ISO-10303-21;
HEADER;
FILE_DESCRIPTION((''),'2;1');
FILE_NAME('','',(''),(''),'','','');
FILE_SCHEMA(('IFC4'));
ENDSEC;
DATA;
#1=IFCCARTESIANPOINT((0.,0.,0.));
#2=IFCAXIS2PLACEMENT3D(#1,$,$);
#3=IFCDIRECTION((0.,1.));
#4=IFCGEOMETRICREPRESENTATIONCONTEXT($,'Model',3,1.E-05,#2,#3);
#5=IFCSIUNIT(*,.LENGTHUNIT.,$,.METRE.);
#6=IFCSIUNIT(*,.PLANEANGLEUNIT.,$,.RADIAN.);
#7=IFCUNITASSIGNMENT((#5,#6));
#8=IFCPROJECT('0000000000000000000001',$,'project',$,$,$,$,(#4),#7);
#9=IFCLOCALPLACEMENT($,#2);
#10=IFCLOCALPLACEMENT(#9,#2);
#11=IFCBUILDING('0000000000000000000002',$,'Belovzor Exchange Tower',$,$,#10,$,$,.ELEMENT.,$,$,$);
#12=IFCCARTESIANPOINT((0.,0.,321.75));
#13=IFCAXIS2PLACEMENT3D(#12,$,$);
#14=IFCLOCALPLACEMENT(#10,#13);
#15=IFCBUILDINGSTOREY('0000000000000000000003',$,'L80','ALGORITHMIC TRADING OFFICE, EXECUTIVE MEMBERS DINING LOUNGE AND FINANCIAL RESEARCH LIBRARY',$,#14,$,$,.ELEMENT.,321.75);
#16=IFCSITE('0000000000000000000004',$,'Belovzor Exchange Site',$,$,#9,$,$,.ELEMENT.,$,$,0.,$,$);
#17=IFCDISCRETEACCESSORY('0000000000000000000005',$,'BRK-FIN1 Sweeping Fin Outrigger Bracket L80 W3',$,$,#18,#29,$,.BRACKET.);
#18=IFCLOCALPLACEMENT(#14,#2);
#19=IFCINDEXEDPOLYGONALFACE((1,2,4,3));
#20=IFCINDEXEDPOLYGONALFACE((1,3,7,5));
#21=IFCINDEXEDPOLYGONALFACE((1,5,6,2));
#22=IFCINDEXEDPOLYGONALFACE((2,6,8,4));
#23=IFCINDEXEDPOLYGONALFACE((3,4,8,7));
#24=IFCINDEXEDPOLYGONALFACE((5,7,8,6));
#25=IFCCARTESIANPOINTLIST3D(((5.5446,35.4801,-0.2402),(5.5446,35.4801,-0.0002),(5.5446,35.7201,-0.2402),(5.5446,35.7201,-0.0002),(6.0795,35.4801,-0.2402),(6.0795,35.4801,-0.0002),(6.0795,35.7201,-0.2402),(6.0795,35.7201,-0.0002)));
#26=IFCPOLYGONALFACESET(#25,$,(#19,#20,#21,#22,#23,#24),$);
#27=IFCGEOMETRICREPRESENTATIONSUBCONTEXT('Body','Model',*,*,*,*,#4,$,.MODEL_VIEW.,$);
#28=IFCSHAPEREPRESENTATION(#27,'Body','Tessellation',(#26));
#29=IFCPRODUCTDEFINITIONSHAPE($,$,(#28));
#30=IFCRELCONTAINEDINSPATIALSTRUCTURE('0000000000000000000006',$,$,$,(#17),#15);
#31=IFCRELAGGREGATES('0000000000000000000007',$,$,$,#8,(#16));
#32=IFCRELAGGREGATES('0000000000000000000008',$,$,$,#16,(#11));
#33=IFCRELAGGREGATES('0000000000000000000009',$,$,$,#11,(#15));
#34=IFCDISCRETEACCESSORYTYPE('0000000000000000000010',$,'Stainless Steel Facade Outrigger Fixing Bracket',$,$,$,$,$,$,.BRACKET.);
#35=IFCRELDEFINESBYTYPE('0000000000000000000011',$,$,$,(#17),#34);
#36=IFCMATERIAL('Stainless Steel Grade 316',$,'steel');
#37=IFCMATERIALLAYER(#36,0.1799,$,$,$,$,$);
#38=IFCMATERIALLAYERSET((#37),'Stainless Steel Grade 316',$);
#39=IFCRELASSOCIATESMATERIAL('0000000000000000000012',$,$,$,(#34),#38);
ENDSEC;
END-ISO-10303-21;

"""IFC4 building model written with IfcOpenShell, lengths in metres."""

from ifc_helpers import new_model, si_unit, direction, frame, origin, origin_2d, place, context, subcontext, project, spatial, rectangle, extrude, material, layer, layer_set, type_object, element, save


model = new_model("IFC4")

# Units and contexts
model_context = context("Model", 3, precision=1e-05, world=origin(), true_north=direction((0.0, 1.0)))
body_context = subcontext(model_context, "Body", "Model", "MODEL_VIEW")
ifc_project = project(units=[si_unit("LENGTHUNIT", "METRE"), si_unit("PLANEANGLEUNIT", "RADIAN")], contexts=[model_context])

# Site, building, storey
site_placement = place(None, origin())
site = spatial("IfcSite", under=ifc_project, at=site_placement, Name="Belovzor Exchange Site", CompositionType="ELEMENT", RefElevation=0.0)
building_placement = place(site_placement, origin())
building = spatial("IfcBuilding", under=site, at=building_placement, Name="Belovzor Exchange Tower", CompositionType="ELEMENT")
storey_placement = place(building_placement, frame((0.0, 0.0, 321.75)))
storey = spatial("IfcBuildingStorey", under=building, at=storey_placement, Name="L80", Description="ALGORITHMIC TRADING OFFICE, EXECUTIVE MEMBERS DINING LOUNGE AND FINANCIAL RESEARCH LIBRARY", CompositionType="ELEMENT", Elevation=321.75)

# Discrete accessory
ifc_material_1 = material(Name="Stainless Steel Grade 316", Category="steel")
ifc_layer_1 = layer(ifc_material_1, 0.1799)
ifc_layer_set_1 = layer_set([ifc_layer_1], Name="Stainless Steel Grade 316")
discrete_accessory_type = type_object("IfcDiscreteAccessoryType", Name="Stainless Steel Facade Outrigger Fixing Bracket", PredefinedType="BRACKET", material=ifc_layer_set_1)
discrete_accessory_placement = place(storey_placement, frame((5.812, 35.6001, -0.2402), z_axis=(0.0, 0.0, 1.0), x_axis=(1.0, 0.0, 0.0)))
element("IfcDiscreteAccessory", 1, at=discrete_accessory_placement, inside=storey, type_object=discrete_accessory_type, Name="BRK-FIN1 Sweeping Fin Outrigger Bracket L80 W3", PredefinedType="BRACKET", context=body_context, shape_type="SweptSolid", body=[
    extrude(rectangle(XDim=0.5349, YDim=0.24, at=origin_2d()), origin(), (0.0, 0.0, 1.0), 0.24),
])

save(model, "model.ifc")
